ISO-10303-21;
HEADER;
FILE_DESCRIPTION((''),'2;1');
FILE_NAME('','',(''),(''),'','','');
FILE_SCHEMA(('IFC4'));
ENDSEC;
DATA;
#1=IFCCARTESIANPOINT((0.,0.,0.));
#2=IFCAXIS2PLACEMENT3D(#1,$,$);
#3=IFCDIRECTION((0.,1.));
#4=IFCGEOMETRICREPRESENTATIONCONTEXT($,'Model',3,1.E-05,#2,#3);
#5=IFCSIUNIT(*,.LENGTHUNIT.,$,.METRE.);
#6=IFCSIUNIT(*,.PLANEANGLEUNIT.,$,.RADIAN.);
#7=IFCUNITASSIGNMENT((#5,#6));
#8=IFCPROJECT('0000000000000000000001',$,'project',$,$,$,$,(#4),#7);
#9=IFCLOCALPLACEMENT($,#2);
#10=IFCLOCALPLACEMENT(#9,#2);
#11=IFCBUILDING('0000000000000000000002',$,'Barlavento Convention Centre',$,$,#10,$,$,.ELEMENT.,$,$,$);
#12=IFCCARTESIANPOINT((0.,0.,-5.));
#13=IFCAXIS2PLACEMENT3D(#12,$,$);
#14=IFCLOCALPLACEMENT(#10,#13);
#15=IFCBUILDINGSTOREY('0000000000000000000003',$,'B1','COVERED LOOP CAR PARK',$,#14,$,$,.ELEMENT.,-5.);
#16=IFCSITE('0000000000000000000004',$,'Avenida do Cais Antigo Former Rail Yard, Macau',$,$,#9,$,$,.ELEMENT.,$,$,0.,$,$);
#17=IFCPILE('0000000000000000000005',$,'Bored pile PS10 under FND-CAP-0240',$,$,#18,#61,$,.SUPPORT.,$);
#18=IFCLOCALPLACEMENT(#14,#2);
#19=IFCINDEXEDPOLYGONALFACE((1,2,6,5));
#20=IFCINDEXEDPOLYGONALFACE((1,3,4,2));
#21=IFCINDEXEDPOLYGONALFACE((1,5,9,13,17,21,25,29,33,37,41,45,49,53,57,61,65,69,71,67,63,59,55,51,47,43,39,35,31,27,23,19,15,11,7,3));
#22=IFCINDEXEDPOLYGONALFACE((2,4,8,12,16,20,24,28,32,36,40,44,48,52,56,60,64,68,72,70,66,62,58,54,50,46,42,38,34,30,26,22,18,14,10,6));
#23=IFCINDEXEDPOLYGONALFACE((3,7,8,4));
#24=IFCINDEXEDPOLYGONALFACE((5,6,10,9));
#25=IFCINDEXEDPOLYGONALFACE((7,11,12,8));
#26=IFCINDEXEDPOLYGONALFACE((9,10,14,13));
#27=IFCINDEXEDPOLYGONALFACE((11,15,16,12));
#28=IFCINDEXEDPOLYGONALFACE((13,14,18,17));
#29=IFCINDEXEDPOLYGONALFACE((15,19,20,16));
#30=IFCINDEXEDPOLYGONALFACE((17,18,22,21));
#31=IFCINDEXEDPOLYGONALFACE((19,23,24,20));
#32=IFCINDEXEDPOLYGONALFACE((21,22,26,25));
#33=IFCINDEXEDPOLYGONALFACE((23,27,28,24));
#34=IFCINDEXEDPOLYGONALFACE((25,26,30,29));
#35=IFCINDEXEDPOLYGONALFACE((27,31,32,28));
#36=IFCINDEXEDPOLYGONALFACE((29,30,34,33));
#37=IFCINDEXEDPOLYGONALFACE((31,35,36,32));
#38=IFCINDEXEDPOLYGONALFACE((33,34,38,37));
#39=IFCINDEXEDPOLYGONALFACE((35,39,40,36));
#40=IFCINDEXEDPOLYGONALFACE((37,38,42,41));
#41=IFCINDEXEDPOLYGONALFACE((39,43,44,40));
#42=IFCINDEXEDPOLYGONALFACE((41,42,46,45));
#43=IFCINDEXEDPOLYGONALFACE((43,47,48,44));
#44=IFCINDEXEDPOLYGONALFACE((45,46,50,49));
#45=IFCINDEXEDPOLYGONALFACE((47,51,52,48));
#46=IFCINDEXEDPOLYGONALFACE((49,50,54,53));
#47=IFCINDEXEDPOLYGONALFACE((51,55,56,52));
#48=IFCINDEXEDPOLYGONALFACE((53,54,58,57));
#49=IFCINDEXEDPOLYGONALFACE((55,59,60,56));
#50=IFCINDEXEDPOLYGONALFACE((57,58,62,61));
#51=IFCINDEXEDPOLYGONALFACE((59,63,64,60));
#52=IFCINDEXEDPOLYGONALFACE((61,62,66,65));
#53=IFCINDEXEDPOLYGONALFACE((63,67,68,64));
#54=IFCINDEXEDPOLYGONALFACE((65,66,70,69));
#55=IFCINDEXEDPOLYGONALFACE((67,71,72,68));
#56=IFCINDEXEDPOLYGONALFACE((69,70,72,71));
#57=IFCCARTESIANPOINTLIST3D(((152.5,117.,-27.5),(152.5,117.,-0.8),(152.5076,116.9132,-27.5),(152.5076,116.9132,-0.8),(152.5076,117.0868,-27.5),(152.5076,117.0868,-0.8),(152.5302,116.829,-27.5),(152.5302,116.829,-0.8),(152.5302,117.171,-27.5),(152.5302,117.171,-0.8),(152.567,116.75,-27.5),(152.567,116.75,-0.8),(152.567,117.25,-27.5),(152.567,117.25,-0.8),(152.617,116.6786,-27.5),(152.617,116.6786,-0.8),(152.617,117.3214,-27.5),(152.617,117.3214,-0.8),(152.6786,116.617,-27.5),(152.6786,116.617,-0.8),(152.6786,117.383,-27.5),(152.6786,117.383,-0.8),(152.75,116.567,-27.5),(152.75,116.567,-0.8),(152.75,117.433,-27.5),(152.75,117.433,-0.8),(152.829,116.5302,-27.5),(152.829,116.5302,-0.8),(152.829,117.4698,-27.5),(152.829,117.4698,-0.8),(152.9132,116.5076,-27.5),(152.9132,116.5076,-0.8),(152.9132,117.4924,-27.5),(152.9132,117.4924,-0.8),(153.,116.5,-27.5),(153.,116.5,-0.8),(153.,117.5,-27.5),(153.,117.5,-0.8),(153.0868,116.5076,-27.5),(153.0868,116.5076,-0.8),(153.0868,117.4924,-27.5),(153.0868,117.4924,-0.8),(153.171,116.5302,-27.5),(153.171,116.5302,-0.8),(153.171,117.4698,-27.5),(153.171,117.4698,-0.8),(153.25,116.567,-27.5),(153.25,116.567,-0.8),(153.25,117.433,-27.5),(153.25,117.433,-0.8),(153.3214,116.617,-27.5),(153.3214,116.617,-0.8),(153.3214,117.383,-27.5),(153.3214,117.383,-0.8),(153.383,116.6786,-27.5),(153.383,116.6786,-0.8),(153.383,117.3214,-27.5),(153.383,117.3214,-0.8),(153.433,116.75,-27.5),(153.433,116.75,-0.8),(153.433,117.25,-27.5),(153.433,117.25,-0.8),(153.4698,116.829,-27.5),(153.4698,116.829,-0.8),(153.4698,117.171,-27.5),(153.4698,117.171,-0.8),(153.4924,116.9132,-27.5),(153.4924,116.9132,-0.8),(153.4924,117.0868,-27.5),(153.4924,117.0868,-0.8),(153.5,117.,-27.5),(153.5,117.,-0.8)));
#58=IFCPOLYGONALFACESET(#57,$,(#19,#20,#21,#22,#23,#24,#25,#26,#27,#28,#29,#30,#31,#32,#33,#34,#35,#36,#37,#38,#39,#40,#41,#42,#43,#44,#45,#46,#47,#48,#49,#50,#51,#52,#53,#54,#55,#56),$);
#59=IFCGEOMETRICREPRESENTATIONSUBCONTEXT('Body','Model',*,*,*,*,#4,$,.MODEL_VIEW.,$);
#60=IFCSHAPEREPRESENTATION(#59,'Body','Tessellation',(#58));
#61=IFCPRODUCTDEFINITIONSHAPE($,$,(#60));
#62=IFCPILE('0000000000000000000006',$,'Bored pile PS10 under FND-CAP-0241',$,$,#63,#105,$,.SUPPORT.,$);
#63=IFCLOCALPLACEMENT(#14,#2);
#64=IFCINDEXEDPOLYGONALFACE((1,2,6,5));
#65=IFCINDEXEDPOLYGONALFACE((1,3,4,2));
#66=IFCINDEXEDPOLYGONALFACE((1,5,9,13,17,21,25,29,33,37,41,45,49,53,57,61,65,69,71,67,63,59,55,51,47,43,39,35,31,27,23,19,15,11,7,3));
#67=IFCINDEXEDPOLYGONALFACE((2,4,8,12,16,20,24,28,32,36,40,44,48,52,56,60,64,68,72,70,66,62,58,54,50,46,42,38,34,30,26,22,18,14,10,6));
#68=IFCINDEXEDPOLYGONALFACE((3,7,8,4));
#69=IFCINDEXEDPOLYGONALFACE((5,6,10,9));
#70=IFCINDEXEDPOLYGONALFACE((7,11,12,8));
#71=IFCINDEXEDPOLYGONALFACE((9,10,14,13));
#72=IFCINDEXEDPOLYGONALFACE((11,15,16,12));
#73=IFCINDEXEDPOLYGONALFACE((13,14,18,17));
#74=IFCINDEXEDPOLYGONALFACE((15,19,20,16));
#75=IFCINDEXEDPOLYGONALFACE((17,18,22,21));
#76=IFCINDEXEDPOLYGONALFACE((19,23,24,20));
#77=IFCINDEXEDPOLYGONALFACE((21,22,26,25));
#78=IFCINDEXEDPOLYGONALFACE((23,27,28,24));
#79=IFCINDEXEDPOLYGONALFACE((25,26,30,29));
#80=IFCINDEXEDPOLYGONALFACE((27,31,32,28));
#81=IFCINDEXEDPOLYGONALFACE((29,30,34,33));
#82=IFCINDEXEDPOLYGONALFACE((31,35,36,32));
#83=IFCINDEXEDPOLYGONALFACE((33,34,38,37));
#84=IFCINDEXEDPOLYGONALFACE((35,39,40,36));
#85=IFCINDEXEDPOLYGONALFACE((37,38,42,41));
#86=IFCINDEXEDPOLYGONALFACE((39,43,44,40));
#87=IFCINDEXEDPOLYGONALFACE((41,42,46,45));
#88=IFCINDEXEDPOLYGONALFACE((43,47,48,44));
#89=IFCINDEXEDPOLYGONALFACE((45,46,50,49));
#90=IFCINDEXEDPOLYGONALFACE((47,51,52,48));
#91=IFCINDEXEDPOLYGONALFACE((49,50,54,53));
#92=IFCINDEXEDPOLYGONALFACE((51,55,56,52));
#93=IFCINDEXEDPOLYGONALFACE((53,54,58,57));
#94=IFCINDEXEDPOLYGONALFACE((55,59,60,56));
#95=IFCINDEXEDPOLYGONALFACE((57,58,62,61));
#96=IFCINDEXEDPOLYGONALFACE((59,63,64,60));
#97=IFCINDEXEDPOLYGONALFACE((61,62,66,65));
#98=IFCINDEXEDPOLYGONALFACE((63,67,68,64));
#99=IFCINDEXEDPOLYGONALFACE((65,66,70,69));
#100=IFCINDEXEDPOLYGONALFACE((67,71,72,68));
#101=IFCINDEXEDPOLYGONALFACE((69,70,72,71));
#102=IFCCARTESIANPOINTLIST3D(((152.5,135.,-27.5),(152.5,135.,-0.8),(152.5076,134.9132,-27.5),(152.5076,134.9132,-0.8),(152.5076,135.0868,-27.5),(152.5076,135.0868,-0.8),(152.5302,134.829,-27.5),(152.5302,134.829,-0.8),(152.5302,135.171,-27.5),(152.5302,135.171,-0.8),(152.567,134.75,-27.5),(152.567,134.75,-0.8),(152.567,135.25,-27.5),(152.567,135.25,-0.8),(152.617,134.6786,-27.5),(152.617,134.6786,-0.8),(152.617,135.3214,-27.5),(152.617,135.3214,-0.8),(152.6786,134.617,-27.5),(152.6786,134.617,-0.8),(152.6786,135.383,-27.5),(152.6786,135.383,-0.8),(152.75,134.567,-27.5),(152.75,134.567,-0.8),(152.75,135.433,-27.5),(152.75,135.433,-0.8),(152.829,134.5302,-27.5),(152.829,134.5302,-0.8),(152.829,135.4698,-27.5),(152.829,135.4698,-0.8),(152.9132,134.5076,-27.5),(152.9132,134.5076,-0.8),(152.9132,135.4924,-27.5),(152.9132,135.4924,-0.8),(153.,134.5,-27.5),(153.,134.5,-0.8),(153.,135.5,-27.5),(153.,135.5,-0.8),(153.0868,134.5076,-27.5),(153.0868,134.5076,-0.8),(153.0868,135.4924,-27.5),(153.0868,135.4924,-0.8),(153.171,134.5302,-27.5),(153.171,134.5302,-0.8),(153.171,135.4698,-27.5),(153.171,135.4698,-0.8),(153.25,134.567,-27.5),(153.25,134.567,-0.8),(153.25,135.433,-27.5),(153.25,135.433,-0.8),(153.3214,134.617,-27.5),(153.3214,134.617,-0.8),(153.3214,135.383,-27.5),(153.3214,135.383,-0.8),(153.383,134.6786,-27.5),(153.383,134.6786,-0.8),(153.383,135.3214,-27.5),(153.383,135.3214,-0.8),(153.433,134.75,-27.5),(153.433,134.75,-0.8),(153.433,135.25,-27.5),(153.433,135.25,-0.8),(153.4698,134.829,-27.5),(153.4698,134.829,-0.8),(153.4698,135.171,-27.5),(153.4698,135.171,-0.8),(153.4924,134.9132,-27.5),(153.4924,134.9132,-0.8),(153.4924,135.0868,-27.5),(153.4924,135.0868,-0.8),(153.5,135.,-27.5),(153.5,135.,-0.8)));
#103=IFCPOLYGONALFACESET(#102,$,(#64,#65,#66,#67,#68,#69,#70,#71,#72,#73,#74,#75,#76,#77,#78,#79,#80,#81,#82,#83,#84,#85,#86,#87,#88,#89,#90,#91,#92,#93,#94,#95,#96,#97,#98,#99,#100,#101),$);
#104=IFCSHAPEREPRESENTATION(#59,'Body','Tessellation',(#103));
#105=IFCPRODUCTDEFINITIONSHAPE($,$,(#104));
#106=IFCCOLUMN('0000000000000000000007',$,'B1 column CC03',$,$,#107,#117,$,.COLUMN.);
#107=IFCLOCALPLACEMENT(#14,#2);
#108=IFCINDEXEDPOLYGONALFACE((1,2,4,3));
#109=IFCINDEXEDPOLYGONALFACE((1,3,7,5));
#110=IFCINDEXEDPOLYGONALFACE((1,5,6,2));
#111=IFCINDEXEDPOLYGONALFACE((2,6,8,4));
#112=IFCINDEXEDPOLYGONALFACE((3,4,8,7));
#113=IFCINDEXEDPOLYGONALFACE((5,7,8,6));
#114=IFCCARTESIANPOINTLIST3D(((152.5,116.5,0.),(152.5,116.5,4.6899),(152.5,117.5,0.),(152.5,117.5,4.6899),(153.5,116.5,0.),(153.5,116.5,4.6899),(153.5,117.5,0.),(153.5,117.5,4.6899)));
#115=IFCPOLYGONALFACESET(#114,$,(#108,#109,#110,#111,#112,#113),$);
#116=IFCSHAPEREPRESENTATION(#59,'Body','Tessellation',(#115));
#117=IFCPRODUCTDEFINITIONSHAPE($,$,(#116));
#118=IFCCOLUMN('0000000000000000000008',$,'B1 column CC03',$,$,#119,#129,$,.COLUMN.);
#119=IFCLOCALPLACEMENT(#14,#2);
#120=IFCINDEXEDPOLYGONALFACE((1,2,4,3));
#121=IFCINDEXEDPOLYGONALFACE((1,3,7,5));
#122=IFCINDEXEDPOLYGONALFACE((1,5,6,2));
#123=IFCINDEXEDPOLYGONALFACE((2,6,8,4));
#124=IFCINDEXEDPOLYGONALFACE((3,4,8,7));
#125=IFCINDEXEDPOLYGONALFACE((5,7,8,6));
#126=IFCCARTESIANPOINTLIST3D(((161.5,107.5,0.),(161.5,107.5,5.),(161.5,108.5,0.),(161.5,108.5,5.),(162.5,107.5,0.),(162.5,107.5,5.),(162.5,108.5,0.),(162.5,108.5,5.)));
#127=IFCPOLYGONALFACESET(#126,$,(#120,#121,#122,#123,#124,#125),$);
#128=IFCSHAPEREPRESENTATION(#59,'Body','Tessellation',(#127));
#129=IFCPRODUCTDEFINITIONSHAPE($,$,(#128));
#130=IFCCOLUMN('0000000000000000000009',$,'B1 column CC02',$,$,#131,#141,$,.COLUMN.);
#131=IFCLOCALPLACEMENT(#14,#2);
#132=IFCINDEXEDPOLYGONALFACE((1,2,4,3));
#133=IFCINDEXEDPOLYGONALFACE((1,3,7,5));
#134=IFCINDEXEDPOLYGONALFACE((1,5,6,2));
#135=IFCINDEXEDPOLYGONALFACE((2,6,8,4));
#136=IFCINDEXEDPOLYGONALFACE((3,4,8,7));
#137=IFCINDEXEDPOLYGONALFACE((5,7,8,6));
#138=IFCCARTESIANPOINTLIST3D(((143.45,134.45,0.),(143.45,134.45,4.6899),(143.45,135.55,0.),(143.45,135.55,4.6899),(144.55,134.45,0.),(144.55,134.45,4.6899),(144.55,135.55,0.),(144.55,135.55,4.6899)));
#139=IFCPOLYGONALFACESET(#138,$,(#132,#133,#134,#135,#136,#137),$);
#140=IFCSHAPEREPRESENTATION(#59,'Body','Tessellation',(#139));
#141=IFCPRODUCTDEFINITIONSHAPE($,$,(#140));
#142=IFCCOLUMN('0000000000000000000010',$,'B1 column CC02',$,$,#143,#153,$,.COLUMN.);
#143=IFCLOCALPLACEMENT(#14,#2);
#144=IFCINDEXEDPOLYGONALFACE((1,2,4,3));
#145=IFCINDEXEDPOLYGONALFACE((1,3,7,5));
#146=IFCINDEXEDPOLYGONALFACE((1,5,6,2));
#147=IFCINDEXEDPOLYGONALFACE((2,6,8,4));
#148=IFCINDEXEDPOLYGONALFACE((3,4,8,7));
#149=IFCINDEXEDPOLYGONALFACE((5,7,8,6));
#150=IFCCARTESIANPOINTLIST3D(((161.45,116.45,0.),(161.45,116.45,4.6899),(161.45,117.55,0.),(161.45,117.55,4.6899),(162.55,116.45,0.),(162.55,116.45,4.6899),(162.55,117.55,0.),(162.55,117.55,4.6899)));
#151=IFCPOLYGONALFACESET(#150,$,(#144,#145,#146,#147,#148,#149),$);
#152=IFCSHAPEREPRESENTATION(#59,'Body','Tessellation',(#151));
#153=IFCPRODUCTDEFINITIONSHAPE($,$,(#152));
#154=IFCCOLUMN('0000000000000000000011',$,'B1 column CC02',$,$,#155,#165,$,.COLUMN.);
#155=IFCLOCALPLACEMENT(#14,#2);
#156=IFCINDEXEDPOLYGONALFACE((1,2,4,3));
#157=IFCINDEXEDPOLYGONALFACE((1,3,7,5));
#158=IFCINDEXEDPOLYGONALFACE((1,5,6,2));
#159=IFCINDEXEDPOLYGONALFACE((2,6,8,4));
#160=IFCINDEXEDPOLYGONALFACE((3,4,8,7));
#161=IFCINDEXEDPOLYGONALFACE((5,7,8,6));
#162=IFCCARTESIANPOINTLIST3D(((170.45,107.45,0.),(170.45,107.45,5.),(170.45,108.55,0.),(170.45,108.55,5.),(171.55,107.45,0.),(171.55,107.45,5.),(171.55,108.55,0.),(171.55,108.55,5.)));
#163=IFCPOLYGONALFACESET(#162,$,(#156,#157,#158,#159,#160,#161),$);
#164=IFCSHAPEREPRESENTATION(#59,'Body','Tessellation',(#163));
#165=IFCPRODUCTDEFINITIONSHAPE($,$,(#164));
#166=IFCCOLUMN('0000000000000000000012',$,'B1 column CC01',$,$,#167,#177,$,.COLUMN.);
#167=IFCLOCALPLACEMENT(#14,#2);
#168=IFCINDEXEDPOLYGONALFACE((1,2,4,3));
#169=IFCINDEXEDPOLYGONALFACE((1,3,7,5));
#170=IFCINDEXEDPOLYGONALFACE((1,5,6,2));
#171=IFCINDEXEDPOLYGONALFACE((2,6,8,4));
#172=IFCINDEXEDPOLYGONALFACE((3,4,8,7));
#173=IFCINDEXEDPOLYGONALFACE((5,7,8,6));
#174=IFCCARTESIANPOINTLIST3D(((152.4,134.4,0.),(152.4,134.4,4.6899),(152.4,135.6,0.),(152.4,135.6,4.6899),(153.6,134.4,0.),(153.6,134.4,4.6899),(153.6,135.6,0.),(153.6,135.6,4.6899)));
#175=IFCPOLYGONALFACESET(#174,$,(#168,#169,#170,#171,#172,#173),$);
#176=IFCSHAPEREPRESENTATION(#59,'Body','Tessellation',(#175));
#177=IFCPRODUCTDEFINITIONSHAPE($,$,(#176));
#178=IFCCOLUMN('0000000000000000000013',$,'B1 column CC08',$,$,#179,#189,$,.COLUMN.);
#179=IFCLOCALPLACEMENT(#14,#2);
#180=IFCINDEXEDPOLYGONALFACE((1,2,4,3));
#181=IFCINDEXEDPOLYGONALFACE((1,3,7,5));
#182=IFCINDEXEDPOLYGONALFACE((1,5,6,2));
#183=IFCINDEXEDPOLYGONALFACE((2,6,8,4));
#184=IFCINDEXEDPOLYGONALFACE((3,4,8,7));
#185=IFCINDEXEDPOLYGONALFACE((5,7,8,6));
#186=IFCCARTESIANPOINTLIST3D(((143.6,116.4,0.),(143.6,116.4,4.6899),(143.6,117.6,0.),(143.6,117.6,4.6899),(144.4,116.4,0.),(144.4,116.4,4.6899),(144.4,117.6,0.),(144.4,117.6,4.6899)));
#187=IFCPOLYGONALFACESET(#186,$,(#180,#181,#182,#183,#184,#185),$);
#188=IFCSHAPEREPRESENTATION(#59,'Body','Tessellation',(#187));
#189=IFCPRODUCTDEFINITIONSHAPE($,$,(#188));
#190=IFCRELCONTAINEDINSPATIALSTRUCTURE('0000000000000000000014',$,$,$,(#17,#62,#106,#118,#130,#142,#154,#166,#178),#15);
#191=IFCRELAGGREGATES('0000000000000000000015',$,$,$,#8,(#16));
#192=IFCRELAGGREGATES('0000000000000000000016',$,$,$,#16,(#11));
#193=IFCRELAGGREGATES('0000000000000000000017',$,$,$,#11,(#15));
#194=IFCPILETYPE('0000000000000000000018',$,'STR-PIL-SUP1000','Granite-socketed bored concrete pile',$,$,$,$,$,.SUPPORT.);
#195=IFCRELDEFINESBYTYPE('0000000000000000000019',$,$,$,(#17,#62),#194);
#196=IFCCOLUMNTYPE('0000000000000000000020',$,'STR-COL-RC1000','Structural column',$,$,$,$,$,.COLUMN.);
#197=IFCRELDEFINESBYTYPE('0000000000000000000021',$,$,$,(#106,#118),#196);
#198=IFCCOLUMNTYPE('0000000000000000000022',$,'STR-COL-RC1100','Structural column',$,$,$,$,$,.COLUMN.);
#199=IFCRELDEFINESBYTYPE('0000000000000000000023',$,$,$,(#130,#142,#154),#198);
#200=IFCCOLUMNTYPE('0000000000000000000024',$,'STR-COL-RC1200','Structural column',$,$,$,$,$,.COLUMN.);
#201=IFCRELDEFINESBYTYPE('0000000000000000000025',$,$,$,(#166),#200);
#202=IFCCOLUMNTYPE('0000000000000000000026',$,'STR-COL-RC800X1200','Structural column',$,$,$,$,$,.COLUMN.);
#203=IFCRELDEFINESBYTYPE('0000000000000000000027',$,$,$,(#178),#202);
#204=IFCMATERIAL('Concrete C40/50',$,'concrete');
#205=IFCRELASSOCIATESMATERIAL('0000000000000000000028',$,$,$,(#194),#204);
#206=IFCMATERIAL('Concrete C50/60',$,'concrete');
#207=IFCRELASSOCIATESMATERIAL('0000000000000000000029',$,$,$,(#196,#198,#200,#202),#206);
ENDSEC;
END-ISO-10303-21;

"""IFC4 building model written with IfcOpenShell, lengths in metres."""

from ifc_helpers import new_model, si_unit, direction, frame, origin, origin_2d, place, context, subcontext, project, spatial, rectangle, circle, extrude, material, material_profile, profile_set, type_object, element, save


model = new_model("IFC4")

# Units and contexts
model_context = context("Model", 3, precision=1e-05, world=origin(), true_north=direction((0.0, 1.0)))
body_context = subcontext(model_context, "Body", "Model", "MODEL_VIEW")
ifc_project = project(units=[si_unit("LENGTHUNIT", "METRE"), si_unit("PLANEANGLEUNIT", "RADIAN")], contexts=[model_context])

# Site, building, storey
site_placement = place(None, origin())
site = spatial("IfcSite", under=ifc_project, at=site_placement, Name="Avenida do Cais Antigo Former Rail Yard, Macau", CompositionType="ELEMENT", RefElevation=0.0)
building_placement = place(site_placement, origin())
building = spatial("IfcBuilding", under=site, at=building_placement, Name="Barlavento Convention Centre", CompositionType="ELEMENT")
storey_placement = place(building_placement, frame((0.0, 0.0, -5.0)))
storey = spatial("IfcBuildingStorey", under=building, at=storey_placement, Name="B1", Description="COVERED LOOP CAR PARK", CompositionType="ELEMENT", Elevation=-5.0)

# Shared definitions
ifc_material_1 = material(Name="Concrete C40/50", Category="concrete")

# Piles
ifc_material_profile_1 = material_profile(ifc_material_1, circle(Radius=0.5, at=origin_2d()), Name="BORED PILE 1000")
ifc_profile_set_1 = profile_set([ifc_material_profile_1], Name="Concrete C40/50")
pile_type_1 = type_object("IfcPileType", Name="STR-PIL-SUP1000", Description="Granite-socketed bored concrete pile", PredefinedType="SUPPORT", material=ifc_profile_set_1)
for number, where, z_axis, x_axis, name in (
    (1, (153.0, 117.0, -0.8), (0.0, 0.0, -1.0), (1.0, 0.0, 0.0), "Bored pile PS10 under FND-CAP-0240"),
    (2, (153.0, 135.0, -0.8), (0.0, 0.0, -1.0), (1.0, 0.0, 0.0), "Bored pile PS10 under FND-CAP-0241"),
):
    element("IfcPile", number, at=place(storey_placement, frame(where, z_axis=z_axis, x_axis=x_axis)), inside=storey, type_object=pile_type_1, Name=name, PredefinedType="SUPPORT", context=body_context, shape_type="SweptSolid", body=[
        extrude(circle(Radius=0.5, at=origin_2d()), origin(), (0.0, 0.0, 1.0), 26.7),
    ])

# Columns
ifc_material_2 = material(Name="Concrete C50/60", Category="concrete")
ifc_material_profile_2 = material_profile(ifc_material_2, rectangle(XDim=1.0, YDim=1.0, at=origin_2d()), Name="RC 1000x1000")
ifc_profile_set_2 = profile_set([ifc_material_profile_2], Name="Concrete C50/60")
column_type_1 = type_object("IfcColumnType", Name="STR-COL-RC1000", Description="Structural column", PredefinedType="COLUMN", material=ifc_profile_set_2)
column_1_placement = place(storey_placement, frame((153.0, 117.0, 0.0), z_axis=(0.0, 0.0, 1.0), x_axis=(1.0, 0.0, 0.0)))
element("IfcColumn", 3, at=column_1_placement, inside=storey, type_object=column_type_1, Name="B1 column CC03", PredefinedType="COLUMN", context=body_context, shape_type="SweptSolid", body=[
    extrude(rectangle(XDim=1.0, YDim=1.0, at=origin_2d()), origin(), (0.0, 0.0, 1.0), 4.6899),
])
column_2_placement = place(storey_placement, frame((162.0, 108.0, 0.0), z_axis=(0.0, 0.0, 1.0), x_axis=(1.0, 0.0, 0.0)))
element("IfcColumn", 4, at=column_2_placement, inside=storey, type_object=column_type_1, Name="B1 column CC03", PredefinedType="COLUMN", context=body_context, shape_type="SweptSolid", body=[
    extrude(rectangle(XDim=1.0, YDim=1.0, at=origin_2d()), origin(), (0.0, 0.0, 1.0), 5.0),
])
ifc_material_profile_3 = material_profile(ifc_material_2, rectangle(XDim=1.1001, YDim=1.1001, at=origin_2d()), Name="RC 1100x1100")
ifc_profile_set_3 = profile_set([ifc_material_profile_3], Name="Concrete C50/60")
column_type_2 = type_object("IfcColumnType", Name="STR-COL-RC1100", Description="Structural column", PredefinedType="COLUMN", material=ifc_profile_set_3)
for number, where, z_axis, x_axis, name in (
    (5, (144.0, 135.0, 0.0), (0.0, 0.0, 1.0), (1.0, 0.0, 0.0), "B1 column CC02"),
    (6, (162.0, 117.0, 0.0), (0.0, 0.0, 1.0), (1.0, 0.0, 0.0), "B1 column CC02"),
):
    element("IfcColumn", number, at=place(storey_placement, frame(where, z_axis=z_axis, x_axis=x_axis)), inside=storey, type_object=column_type_2, Name=name, PredefinedType="COLUMN", context=body_context, shape_type="SweptSolid", body=[
        extrude(rectangle(XDim=1.1001, YDim=1.1001, at=origin_2d()), origin(), (0.0, 0.0, 1.0), 4.6899),
    ])
column_3_placement = place(storey_placement, frame((171.0, 108.0, 0.0), z_axis=(0.0, 0.0, 1.0), x_axis=(1.0, 0.0, 0.0)))
element("IfcColumn", 7, at=column_3_placement, inside=storey, type_object=column_type_2, Name="B1 column CC02", PredefinedType="COLUMN", context=body_context, shape_type="SweptSolid", body=[
    extrude(rectangle(XDim=1.1001, YDim=1.1001, at=origin_2d()), origin(), (0.0, 0.0, 1.0), 5.0),
])
ifc_material_profile_4 = material_profile(ifc_material_2, rectangle(XDim=1.2, YDim=1.2, at=origin_2d()), Name="RC 1200x1200")
ifc_profile_set_4 = profile_set([ifc_material_profile_4], Name="Concrete C50/60")
column_type_3 = type_object("IfcColumnType", Name="STR-COL-RC1200", Description="Structural column", PredefinedType="COLUMN", material=ifc_profile_set_4)
column_4_placement = place(storey_placement, frame((153.0, 135.0, 0.0), z_axis=(0.0, 0.0, 1.0), x_axis=(1.0, 0.0, 0.0)))
element("IfcColumn", 8, at=column_4_placement, inside=storey, type_object=column_type_3, Name="B1 column CC01", PredefinedType="COLUMN", context=body_context, shape_type="SweptSolid", body=[
    extrude(rectangle(XDim=1.2, YDim=1.2, at=origin_2d()), origin(), (0.0, 0.0, 1.0), 4.6899),
])
ifc_material_profile_5 = material_profile(ifc_material_2, rectangle(XDim=0.8, YDim=1.2, at=origin_2d()), Name="RC 800x1200")
ifc_profile_set_5 = profile_set([ifc_material_profile_5], Name="Concrete C50/60")
column_type_4 = type_object("IfcColumnType", Name="STR-COL-RC800X1200", Description="Structural column", PredefinedType="COLUMN", material=ifc_profile_set_5)
column_5_placement = place(storey_placement, frame((144.0, 117.0, 0.0), z_axis=(0.0, 0.0, 1.0), x_axis=(1.0, 0.0, 0.0)))
element("IfcColumn", 9, at=column_5_placement, inside=storey, type_object=column_type_4, Name="B1 column CC08", PredefinedType="COLUMN", context=body_context, shape_type="SweptSolid", body=[
    extrude(rectangle(XDim=0.8, YDim=1.2, at=origin_2d()), origin(), (0.0, 0.0, 1.0), 4.6899),
])

save(model, "model.ifc")
